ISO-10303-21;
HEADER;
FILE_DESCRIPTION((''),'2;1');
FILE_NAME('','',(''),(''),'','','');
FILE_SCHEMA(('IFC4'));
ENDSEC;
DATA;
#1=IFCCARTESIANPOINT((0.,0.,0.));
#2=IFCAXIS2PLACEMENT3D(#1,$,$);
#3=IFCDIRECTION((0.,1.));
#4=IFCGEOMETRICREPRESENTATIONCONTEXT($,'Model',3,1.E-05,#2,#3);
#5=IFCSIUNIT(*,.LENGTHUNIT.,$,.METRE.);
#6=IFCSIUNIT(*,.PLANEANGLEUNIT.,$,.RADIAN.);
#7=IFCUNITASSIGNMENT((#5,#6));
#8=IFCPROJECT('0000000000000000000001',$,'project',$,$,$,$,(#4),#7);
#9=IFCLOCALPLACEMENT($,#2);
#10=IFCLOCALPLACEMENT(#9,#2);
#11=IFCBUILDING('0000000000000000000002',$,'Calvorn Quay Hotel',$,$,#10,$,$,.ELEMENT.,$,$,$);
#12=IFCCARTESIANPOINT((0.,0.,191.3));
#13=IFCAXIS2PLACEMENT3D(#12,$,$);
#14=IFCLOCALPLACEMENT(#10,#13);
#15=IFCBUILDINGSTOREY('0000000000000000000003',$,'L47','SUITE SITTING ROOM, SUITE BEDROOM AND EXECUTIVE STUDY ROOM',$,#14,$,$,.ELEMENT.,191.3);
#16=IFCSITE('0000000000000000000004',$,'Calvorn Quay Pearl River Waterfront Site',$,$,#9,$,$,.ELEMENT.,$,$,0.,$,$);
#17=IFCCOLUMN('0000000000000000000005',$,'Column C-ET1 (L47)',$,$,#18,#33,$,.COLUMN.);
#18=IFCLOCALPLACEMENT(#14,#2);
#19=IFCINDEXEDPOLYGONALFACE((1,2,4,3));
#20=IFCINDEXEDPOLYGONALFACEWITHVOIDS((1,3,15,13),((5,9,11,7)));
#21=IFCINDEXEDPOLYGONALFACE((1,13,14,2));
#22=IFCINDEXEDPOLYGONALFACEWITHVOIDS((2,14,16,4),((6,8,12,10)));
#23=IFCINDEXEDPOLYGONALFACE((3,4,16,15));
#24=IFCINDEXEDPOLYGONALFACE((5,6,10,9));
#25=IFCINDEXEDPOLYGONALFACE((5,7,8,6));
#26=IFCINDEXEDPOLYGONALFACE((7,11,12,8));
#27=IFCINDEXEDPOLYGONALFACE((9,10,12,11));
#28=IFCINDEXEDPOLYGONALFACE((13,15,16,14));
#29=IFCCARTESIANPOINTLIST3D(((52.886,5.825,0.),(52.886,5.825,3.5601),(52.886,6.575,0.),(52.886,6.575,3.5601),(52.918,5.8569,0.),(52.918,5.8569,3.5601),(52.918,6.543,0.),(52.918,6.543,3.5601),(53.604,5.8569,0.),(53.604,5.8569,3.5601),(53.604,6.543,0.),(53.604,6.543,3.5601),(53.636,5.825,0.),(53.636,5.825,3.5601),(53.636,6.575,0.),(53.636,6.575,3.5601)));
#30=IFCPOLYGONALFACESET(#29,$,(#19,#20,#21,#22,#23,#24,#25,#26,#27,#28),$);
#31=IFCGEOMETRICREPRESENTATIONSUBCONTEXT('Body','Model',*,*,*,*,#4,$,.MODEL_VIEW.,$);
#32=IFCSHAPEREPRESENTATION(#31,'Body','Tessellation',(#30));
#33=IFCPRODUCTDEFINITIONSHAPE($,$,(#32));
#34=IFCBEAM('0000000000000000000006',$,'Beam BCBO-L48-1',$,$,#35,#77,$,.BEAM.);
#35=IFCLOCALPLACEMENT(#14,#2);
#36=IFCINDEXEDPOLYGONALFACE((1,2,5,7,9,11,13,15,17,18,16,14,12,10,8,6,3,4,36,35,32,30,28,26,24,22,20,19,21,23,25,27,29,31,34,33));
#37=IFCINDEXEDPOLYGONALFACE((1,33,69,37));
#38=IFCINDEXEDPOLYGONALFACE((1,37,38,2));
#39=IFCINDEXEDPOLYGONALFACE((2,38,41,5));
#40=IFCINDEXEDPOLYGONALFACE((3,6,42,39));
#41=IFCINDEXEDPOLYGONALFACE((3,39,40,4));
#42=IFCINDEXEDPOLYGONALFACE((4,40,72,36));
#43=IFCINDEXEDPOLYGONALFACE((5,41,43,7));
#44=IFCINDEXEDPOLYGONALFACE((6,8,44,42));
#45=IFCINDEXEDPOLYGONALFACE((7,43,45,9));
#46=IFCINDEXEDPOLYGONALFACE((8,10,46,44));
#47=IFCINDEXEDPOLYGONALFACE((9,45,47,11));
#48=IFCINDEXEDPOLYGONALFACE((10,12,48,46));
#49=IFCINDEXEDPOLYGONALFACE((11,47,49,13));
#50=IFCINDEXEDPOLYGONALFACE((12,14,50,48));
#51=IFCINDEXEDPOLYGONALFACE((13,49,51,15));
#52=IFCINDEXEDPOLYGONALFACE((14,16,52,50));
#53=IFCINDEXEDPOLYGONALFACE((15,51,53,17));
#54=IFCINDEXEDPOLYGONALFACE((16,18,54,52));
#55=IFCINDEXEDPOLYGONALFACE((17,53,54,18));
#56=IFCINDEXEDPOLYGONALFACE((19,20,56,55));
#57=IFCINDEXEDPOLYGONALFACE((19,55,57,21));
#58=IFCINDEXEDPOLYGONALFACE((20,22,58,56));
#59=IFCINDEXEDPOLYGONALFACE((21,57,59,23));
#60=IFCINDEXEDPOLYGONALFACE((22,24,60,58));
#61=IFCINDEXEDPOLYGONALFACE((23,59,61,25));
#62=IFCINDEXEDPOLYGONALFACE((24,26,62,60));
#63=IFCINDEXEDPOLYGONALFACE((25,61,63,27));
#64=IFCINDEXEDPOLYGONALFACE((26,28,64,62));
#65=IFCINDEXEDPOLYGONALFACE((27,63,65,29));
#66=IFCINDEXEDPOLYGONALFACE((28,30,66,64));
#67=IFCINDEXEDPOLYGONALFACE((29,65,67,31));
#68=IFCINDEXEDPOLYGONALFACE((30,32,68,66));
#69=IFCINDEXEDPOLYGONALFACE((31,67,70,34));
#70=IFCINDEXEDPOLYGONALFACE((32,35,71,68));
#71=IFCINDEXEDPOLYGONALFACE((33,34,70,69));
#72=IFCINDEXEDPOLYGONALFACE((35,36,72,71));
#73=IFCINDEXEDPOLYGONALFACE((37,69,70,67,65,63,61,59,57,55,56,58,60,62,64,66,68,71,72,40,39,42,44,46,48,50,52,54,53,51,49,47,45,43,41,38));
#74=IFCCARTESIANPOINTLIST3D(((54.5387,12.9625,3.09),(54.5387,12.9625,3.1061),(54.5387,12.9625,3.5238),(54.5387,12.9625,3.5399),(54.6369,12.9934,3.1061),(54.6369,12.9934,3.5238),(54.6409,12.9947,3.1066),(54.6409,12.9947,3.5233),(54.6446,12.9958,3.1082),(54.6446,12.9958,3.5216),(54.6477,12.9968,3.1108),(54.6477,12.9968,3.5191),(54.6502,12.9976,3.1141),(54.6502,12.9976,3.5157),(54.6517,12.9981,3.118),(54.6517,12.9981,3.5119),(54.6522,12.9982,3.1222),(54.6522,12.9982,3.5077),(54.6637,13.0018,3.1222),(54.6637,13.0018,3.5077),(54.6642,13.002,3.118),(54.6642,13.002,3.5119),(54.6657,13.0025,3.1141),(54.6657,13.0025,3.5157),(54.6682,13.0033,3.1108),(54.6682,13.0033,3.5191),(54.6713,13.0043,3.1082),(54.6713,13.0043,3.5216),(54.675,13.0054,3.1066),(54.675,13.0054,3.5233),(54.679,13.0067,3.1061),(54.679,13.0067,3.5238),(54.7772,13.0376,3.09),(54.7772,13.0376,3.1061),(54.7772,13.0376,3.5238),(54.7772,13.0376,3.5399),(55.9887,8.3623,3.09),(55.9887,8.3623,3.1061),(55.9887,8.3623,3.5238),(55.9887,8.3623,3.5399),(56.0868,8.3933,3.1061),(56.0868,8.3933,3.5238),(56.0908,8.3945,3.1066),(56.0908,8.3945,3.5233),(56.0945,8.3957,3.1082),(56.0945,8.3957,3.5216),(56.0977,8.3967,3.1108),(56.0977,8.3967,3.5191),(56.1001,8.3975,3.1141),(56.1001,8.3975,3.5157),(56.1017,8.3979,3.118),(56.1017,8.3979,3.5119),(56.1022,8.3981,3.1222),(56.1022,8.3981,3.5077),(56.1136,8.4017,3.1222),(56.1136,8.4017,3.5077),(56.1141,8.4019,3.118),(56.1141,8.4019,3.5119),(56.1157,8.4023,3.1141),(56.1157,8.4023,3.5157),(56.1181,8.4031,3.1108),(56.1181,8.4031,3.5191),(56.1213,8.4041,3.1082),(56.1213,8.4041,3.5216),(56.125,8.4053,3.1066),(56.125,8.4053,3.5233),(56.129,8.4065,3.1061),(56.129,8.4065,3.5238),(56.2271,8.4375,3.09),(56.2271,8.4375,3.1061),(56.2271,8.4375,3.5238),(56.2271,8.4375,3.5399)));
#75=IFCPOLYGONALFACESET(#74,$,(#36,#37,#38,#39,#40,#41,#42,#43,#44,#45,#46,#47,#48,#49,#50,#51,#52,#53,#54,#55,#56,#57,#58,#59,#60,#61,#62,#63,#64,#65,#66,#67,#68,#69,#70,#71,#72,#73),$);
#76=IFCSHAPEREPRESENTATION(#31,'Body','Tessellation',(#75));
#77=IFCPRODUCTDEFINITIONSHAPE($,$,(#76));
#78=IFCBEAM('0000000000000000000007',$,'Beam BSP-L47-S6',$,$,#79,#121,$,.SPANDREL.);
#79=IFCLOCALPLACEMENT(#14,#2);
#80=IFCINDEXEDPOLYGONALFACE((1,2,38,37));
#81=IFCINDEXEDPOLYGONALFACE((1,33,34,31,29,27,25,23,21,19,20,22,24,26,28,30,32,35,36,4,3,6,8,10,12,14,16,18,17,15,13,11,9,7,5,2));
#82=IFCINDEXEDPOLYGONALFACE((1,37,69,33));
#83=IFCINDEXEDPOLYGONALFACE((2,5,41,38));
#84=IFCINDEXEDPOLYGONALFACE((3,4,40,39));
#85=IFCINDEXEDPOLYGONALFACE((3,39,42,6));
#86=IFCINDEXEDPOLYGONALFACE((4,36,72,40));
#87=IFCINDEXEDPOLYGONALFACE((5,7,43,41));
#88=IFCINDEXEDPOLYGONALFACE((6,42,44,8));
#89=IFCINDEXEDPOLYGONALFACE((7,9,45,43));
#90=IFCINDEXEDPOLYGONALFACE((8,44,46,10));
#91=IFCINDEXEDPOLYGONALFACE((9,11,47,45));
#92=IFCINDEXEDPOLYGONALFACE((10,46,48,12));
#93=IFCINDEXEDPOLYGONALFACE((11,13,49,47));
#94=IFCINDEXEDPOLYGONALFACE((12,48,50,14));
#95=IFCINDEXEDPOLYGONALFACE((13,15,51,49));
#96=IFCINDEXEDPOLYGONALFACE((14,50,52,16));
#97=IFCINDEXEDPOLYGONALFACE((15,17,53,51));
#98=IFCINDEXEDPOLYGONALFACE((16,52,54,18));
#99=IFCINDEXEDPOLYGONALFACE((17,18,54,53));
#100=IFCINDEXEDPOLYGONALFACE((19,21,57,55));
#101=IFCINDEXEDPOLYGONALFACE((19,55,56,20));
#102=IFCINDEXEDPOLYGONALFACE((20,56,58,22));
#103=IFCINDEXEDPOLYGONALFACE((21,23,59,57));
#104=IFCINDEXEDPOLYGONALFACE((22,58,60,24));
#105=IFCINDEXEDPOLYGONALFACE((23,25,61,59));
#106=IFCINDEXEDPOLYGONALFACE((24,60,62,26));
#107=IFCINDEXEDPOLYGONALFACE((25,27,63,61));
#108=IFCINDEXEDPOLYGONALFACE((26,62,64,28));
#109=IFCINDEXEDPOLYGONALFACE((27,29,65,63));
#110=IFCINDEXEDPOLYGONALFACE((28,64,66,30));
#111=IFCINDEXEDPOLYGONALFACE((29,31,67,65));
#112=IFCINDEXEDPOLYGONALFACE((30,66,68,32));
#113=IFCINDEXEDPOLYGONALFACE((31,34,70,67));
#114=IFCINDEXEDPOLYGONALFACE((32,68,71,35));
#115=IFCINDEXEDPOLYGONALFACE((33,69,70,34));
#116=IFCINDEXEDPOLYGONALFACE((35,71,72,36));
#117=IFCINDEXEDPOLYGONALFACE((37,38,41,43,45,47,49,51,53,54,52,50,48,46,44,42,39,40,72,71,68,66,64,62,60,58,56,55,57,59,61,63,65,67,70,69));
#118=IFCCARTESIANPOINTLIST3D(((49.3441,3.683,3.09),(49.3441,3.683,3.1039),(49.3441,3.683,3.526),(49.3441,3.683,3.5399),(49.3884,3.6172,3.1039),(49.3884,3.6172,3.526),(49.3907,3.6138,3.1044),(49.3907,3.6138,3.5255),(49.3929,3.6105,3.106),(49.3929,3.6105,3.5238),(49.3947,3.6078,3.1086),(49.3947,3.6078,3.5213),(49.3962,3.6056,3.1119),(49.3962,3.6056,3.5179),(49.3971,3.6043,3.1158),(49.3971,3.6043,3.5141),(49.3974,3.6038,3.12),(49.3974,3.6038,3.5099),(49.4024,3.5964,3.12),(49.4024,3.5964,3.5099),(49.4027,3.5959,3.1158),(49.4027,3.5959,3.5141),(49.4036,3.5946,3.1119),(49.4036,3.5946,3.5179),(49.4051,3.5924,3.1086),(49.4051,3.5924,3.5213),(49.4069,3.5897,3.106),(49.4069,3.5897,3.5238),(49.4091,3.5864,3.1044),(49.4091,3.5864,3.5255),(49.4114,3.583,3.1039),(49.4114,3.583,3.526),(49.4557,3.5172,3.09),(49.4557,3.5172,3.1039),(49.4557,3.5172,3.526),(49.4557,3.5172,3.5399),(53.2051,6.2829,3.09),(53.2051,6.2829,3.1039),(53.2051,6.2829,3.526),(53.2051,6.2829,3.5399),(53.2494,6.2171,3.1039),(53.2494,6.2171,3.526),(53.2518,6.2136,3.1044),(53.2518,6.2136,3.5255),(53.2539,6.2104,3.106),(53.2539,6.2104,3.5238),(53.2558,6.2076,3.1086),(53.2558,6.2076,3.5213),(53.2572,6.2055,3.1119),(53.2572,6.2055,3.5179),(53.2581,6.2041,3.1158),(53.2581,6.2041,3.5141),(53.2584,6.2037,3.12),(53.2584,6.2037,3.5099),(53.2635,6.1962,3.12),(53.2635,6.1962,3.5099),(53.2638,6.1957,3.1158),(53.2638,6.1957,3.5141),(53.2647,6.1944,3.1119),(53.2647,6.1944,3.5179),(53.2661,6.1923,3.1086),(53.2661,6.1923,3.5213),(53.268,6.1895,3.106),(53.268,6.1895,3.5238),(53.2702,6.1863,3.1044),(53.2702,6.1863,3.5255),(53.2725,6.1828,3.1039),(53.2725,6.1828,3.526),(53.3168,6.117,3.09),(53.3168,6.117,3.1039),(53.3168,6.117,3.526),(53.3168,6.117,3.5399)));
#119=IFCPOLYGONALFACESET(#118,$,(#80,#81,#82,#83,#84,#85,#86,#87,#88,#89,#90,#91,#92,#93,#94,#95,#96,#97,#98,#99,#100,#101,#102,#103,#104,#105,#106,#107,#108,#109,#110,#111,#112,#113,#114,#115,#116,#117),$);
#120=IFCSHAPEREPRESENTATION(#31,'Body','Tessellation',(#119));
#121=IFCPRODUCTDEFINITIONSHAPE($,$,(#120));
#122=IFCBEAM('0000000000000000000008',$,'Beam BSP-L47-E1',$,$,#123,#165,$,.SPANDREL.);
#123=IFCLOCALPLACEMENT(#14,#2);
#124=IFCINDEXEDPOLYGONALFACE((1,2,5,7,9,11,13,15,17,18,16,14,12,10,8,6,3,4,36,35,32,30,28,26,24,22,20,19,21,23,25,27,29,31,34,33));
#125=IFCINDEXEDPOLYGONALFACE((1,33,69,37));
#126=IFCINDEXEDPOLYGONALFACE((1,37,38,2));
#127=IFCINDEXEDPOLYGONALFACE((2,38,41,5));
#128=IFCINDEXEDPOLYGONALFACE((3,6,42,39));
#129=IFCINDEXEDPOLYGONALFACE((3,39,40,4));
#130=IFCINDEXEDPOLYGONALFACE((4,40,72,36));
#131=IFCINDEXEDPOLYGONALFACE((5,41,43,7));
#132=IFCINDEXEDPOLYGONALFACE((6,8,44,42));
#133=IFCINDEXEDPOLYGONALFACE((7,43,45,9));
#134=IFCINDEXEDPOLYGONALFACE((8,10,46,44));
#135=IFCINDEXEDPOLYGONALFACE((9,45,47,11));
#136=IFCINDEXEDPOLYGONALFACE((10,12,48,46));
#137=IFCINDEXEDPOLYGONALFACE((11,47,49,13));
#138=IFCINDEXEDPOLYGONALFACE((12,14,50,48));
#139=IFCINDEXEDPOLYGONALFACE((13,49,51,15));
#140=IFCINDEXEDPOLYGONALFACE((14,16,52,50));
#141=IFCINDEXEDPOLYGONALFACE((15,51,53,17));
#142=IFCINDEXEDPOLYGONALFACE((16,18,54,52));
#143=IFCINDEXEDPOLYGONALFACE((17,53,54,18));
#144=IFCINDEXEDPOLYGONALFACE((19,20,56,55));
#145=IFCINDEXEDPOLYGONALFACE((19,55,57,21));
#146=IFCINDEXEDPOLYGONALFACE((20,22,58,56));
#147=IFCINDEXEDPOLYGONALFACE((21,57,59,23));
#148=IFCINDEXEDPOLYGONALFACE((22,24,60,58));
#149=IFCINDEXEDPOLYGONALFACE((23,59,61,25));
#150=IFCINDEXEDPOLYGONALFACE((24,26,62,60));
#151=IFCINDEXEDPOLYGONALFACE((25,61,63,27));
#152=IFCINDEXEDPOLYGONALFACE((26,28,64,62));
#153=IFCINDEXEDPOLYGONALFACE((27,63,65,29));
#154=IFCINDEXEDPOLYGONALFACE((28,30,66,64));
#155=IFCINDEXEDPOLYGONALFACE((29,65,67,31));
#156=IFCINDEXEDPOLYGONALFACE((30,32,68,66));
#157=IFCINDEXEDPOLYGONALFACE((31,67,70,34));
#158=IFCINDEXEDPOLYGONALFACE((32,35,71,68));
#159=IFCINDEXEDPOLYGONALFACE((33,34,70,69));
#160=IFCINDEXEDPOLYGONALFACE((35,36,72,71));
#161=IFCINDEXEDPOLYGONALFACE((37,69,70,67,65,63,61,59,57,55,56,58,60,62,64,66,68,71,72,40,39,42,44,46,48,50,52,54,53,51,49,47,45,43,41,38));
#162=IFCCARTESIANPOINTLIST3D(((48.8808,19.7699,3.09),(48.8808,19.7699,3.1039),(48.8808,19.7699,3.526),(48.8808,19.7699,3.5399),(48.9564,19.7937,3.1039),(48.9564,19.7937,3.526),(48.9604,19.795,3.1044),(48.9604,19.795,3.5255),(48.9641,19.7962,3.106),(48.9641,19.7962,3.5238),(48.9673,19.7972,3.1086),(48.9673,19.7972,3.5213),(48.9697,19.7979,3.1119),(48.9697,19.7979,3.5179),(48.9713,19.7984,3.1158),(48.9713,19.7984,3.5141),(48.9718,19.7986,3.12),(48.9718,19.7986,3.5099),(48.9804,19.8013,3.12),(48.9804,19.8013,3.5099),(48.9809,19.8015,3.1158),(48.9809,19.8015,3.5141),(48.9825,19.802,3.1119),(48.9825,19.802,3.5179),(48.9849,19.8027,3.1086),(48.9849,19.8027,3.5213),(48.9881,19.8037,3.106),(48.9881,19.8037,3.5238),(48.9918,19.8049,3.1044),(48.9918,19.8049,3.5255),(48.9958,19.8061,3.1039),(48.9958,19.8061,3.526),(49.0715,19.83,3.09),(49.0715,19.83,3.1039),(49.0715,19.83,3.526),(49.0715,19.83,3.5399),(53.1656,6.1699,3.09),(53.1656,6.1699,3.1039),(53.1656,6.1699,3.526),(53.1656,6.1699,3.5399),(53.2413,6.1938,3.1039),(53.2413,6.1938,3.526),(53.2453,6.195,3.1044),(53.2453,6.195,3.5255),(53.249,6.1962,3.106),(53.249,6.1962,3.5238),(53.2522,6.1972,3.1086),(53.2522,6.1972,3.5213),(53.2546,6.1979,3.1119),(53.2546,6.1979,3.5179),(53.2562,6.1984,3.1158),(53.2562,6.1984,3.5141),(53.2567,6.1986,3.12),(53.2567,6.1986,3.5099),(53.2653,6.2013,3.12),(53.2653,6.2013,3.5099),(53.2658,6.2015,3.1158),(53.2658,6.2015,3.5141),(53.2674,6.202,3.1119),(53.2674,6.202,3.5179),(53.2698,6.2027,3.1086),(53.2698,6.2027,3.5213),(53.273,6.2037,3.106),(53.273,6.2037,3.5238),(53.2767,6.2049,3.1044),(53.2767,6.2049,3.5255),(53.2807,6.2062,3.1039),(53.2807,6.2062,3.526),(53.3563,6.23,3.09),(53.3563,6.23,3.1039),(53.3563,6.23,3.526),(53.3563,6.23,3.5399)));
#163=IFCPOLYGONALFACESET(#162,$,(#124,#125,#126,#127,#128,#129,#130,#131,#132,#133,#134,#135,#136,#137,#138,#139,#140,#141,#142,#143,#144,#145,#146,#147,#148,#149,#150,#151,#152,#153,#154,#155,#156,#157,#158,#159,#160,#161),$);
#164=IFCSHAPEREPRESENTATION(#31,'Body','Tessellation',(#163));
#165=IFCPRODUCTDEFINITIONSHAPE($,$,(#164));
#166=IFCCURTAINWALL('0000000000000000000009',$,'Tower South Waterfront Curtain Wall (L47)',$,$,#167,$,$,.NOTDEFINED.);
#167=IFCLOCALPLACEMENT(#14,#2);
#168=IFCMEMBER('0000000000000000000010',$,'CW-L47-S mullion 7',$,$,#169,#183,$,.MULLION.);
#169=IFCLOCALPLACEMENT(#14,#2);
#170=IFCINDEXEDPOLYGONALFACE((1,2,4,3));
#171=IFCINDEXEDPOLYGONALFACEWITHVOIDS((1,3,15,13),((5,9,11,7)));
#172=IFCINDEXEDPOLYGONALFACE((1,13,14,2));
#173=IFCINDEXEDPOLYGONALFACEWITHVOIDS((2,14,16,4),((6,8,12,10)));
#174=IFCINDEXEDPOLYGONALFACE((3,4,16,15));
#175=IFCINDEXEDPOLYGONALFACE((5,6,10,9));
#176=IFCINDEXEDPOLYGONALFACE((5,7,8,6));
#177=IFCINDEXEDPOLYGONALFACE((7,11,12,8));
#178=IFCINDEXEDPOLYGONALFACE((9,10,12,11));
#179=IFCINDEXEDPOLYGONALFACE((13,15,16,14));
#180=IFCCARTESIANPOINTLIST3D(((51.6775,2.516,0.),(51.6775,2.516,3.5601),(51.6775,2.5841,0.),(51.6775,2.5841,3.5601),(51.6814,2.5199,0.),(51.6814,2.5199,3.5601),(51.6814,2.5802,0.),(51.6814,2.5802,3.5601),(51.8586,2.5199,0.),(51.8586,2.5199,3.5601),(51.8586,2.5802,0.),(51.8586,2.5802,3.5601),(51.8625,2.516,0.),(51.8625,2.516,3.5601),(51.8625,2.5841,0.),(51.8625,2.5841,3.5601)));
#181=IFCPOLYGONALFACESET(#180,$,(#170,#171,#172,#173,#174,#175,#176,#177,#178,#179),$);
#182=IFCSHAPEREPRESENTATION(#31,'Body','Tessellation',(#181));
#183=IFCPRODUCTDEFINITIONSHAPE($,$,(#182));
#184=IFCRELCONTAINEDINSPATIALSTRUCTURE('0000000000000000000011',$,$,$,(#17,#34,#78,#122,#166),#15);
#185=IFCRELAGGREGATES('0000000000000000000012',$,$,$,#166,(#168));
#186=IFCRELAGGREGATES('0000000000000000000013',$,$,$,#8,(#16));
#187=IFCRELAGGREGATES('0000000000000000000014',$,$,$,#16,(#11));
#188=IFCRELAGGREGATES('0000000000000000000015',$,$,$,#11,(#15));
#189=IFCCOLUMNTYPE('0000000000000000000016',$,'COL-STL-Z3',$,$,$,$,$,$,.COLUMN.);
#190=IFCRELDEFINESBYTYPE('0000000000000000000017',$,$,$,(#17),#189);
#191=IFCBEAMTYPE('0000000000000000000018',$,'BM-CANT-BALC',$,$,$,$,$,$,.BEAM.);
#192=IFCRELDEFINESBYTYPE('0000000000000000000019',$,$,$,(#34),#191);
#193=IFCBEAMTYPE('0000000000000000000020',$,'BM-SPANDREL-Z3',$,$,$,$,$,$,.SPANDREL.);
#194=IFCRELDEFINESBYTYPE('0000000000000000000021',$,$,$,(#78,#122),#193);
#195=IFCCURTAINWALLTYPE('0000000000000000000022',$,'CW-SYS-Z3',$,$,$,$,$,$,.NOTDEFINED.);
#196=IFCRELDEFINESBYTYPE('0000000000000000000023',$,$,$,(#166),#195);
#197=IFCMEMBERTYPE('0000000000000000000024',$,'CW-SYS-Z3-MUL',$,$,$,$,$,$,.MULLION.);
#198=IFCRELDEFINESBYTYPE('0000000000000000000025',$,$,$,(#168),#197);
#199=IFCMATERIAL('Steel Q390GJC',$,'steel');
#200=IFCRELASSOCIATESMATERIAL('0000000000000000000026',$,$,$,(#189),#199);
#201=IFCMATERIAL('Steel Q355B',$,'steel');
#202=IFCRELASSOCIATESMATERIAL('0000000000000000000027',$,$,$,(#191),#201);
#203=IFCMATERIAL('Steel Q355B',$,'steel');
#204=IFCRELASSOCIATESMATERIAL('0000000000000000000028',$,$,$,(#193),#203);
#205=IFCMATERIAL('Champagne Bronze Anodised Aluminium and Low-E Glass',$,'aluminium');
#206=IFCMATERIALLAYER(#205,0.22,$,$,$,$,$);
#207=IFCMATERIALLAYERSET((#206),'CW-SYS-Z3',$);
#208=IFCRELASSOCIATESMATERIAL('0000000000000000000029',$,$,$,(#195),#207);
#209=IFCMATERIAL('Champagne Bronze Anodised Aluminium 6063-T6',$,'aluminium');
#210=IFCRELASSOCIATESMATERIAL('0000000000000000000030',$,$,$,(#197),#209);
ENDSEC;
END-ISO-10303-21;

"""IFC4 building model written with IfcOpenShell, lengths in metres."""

from ifc_helpers import new_model, si_unit, direction, frame, origin, origin_2d, place, context, subcontext, project, spatial, hollow_rectangle, i_section, extrude, material, layer, layer_set, material_profile, profile_set, type_object, element, aggregate, save


model = new_model("IFC4")

# Units and contexts
model_context = context("Model", 3, precision=1e-05, world=origin(), true_north=direction((0.0, 1.0)))
body_context = subcontext(model_context, "Body", "Model", "MODEL_VIEW")
ifc_project = project(units=[si_unit("LENGTHUNIT", "METRE"), si_unit("PLANEANGLEUNIT", "RADIAN")], contexts=[model_context])

# Site, building, storey
site_placement = place(None, origin())
site = spatial("IfcSite", under=ifc_project, at=site_placement, Name="Calvorn Quay Pearl River Waterfront Site", CompositionType="ELEMENT", RefElevation=0.0)
building_placement = place(site_placement, origin())
building = spatial("IfcBuilding", under=site, at=building_placement, Name="Calvorn Quay Hotel", CompositionType="ELEMENT")
storey_placement = place(building_placement, frame((0.0, 0.0, 191.3)))
storey = spatial("IfcBuildingStorey", under=building, at=storey_placement, Name="L47", Description="SUITE SITTING ROOM, SUITE BEDROOM AND EXECUTIVE STUDY ROOM", CompositionType="ELEMENT", Elevation=191.3)

# Column
ifc_material_1 = material(Name="Steel Q390GJC", Category="steel")
ifc_material_profile_1 = material_profile(ifc_material_1, hollow_rectangle(XDim=0.75, YDim=0.75, WallThickness=0.032, at=origin_2d()), Name="BOX750x750x32")
ifc_profile_set_1 = profile_set([ifc_material_profile_1], Name="Steel Q390GJC")
column_type = type_object("IfcColumnType", Name="COL-STL-Z3", PredefinedType="COLUMN", material=ifc_profile_set_1)
column_placement = place(storey_placement, frame((53.261, 6.2, 0.0), z_axis=(0.0, 0.0, 1.0), x_axis=(1.0, 0.0, 0.0)))
element("IfcColumn", 1, at=column_placement, inside=storey, type_object=column_type, Name="Column C-ET1 (L47)", PredefinedType="COLUMN", context=body_context, shape_type="SweptSolid", body=[
    extrude(hollow_rectangle(XDim=0.75, YDim=0.75, WallThickness=0.032, at=origin_2d()), origin(), (0.0, 0.0, 1.0), 3.5601),
])

# Beams
ifc_material_2 = material(Name="Steel Q355B", Category="steel")
ifc_material_profile_2 = material_profile(ifc_material_2, i_section(OverallWidth=0.25, OverallDepth=0.45, WebThickness=0.012, FlangeThickness=0.0161, FilletRadius=0.0161, at=origin_2d()), Name="HN450x250x12x16")
ifc_profile_set_2 = profile_set([ifc_material_profile_2], Name="Steel Q355B")
beam_type_1 = type_object("IfcBeamType", Name="BM-CANT-BALC", PredefinedType="BEAM", material=ifc_profile_set_2)
beam_1_placement = place(storey_placement, frame((56.1079, 8.3999, 3.3149), z_axis=(-0.30062, 0.953744, 0.0), x_axis=(-0.953744, -0.30062, 0.0)))
element("IfcBeam", 2, at=beam_1_placement, inside=storey, type_object=beam_type_1, Name="Beam BCBO-L48-1", PredefinedType="BEAM", context=body_context, shape_type="SweptSolid", body=[
    extrude(i_section(OverallWidth=0.25, OverallDepth=0.45, WebThickness=0.012, FlangeThickness=0.0161, FilletRadius=0.0161, at=origin_2d()), origin(), (0.0, 0.0, 1.0), 4.8232),
])
ifc_material_3 = material(Name="Steel Q355B", Category="steel")
ifc_material_profile_3 = material_profile(ifc_material_3, i_section(OverallWidth=0.2, OverallDepth=0.45, WebThickness=0.009, FlangeThickness=0.0139, FilletRadius=0.0161, at=origin_2d()), Name="HN450x200x9x14")
ifc_profile_set_3 = profile_set([ifc_material_profile_3], Name="Steel Q355B")
beam_type_2 = type_object("IfcBeamType", Name="BM-SPANDREL-Z3", PredefinedType="SPANDREL", material=ifc_profile_set_3)
beam_2_placement = place(storey_placement, frame((49.3999, 3.6001, 3.3149), z_axis=(0.829484, 0.558531, 0.0), x_axis=(-0.558531, 0.829484, 0.0)))
element("IfcBeam", 3, at=beam_2_placement, inside=storey, type_object=beam_type_2, Name="Beam BSP-L47-S6", PredefinedType="SPANDREL", context=body_context, shape_type="SweptSolid", body=[
    extrude(i_section(OverallWidth=0.2, OverallDepth=0.45, WebThickness=0.009, FlangeThickness=0.0139, FilletRadius=0.0161, at=origin_2d()), origin(), (0.0, 0.0, 1.0), 4.6548),
])
beam_3_placement = place(storey_placement, frame((53.261, 6.2, 3.3149), z_axis=(-0.300503, 0.953781, 0.0), x_axis=(-0.953781, -0.300503, 0.0)))
element("IfcBeam", 4, at=beam_3_placement, inside=storey, type_object=beam_type_2, Name="Beam BSP-L47-E1", PredefinedType="SPANDREL", context=body_context, shape_type="SweptSolid", body=[
    extrude(i_section(OverallWidth=0.2, OverallDepth=0.45, WebThickness=0.009, FlangeThickness=0.0139, FilletRadius=0.0161, at=origin_2d()), origin(), (0.0, 0.0, 1.0), 14.259),
])

# Curtain wall, member
ifc_material_4 = material(Name="Champagne Bronze Anodised Aluminium and Low-E Glass", Category="aluminium")
ifc_layer_1 = layer(ifc_material_4, 0.22)
ifc_layer_set_1 = layer_set([ifc_layer_1], Name="CW-SYS-Z3")
curtain_wall_type = type_object("IfcCurtainWallType", Name="CW-SYS-Z3", PredefinedType="NOTDEFINED", material=ifc_layer_set_1)
curtain_wall_placement = place(storey_placement, origin())
curtain_wall = element("IfcCurtainWall", 5, at=curtain_wall_placement, inside=storey, type_object=curtain_wall_type, Name="Tower South Waterfront Curtain Wall (L47)", PredefinedType="NOTDEFINED")
ifc_material_5 = material(Name="Champagne Bronze Anodised Aluminium 6063-T6", Category="aluminium")
ifc_material_profile_4 = material_profile(ifc_material_5, hollow_rectangle(XDim=0.0681, YDim=0.1851, WallThickness=0.0039, at=origin_2d()), Name="ALU-M185x68x4")
ifc_profile_set_4 = profile_set([ifc_material_profile_4], Name="Champagne Bronze Anodised Aluminium 6063-T6")
member_type = type_object("IfcMemberType", Name="CW-SYS-Z3-MUL", PredefinedType="MULLION", material=ifc_profile_set_4)
member_placement = place(storey_placement, frame((51.77, 2.55, 0.0), z_axis=(0.0, 0.0, 1.0), x_axis=(0.0, 1.0, 0.0)))
member = element("IfcMember", 6, at=member_placement, type_object=member_type, Name="CW-L47-S mullion 7", PredefinedType="MULLION", context=body_context, shape_type="SweptSolid", body=[
    extrude(hollow_rectangle(XDim=0.0681, YDim=0.1851, WallThickness=0.0039, at=origin_2d()), origin(), (0.0, 0.0, 1.0), 3.5601),
])
aggregate(curtain_wall, [member])

save(model, "model.ifc")
